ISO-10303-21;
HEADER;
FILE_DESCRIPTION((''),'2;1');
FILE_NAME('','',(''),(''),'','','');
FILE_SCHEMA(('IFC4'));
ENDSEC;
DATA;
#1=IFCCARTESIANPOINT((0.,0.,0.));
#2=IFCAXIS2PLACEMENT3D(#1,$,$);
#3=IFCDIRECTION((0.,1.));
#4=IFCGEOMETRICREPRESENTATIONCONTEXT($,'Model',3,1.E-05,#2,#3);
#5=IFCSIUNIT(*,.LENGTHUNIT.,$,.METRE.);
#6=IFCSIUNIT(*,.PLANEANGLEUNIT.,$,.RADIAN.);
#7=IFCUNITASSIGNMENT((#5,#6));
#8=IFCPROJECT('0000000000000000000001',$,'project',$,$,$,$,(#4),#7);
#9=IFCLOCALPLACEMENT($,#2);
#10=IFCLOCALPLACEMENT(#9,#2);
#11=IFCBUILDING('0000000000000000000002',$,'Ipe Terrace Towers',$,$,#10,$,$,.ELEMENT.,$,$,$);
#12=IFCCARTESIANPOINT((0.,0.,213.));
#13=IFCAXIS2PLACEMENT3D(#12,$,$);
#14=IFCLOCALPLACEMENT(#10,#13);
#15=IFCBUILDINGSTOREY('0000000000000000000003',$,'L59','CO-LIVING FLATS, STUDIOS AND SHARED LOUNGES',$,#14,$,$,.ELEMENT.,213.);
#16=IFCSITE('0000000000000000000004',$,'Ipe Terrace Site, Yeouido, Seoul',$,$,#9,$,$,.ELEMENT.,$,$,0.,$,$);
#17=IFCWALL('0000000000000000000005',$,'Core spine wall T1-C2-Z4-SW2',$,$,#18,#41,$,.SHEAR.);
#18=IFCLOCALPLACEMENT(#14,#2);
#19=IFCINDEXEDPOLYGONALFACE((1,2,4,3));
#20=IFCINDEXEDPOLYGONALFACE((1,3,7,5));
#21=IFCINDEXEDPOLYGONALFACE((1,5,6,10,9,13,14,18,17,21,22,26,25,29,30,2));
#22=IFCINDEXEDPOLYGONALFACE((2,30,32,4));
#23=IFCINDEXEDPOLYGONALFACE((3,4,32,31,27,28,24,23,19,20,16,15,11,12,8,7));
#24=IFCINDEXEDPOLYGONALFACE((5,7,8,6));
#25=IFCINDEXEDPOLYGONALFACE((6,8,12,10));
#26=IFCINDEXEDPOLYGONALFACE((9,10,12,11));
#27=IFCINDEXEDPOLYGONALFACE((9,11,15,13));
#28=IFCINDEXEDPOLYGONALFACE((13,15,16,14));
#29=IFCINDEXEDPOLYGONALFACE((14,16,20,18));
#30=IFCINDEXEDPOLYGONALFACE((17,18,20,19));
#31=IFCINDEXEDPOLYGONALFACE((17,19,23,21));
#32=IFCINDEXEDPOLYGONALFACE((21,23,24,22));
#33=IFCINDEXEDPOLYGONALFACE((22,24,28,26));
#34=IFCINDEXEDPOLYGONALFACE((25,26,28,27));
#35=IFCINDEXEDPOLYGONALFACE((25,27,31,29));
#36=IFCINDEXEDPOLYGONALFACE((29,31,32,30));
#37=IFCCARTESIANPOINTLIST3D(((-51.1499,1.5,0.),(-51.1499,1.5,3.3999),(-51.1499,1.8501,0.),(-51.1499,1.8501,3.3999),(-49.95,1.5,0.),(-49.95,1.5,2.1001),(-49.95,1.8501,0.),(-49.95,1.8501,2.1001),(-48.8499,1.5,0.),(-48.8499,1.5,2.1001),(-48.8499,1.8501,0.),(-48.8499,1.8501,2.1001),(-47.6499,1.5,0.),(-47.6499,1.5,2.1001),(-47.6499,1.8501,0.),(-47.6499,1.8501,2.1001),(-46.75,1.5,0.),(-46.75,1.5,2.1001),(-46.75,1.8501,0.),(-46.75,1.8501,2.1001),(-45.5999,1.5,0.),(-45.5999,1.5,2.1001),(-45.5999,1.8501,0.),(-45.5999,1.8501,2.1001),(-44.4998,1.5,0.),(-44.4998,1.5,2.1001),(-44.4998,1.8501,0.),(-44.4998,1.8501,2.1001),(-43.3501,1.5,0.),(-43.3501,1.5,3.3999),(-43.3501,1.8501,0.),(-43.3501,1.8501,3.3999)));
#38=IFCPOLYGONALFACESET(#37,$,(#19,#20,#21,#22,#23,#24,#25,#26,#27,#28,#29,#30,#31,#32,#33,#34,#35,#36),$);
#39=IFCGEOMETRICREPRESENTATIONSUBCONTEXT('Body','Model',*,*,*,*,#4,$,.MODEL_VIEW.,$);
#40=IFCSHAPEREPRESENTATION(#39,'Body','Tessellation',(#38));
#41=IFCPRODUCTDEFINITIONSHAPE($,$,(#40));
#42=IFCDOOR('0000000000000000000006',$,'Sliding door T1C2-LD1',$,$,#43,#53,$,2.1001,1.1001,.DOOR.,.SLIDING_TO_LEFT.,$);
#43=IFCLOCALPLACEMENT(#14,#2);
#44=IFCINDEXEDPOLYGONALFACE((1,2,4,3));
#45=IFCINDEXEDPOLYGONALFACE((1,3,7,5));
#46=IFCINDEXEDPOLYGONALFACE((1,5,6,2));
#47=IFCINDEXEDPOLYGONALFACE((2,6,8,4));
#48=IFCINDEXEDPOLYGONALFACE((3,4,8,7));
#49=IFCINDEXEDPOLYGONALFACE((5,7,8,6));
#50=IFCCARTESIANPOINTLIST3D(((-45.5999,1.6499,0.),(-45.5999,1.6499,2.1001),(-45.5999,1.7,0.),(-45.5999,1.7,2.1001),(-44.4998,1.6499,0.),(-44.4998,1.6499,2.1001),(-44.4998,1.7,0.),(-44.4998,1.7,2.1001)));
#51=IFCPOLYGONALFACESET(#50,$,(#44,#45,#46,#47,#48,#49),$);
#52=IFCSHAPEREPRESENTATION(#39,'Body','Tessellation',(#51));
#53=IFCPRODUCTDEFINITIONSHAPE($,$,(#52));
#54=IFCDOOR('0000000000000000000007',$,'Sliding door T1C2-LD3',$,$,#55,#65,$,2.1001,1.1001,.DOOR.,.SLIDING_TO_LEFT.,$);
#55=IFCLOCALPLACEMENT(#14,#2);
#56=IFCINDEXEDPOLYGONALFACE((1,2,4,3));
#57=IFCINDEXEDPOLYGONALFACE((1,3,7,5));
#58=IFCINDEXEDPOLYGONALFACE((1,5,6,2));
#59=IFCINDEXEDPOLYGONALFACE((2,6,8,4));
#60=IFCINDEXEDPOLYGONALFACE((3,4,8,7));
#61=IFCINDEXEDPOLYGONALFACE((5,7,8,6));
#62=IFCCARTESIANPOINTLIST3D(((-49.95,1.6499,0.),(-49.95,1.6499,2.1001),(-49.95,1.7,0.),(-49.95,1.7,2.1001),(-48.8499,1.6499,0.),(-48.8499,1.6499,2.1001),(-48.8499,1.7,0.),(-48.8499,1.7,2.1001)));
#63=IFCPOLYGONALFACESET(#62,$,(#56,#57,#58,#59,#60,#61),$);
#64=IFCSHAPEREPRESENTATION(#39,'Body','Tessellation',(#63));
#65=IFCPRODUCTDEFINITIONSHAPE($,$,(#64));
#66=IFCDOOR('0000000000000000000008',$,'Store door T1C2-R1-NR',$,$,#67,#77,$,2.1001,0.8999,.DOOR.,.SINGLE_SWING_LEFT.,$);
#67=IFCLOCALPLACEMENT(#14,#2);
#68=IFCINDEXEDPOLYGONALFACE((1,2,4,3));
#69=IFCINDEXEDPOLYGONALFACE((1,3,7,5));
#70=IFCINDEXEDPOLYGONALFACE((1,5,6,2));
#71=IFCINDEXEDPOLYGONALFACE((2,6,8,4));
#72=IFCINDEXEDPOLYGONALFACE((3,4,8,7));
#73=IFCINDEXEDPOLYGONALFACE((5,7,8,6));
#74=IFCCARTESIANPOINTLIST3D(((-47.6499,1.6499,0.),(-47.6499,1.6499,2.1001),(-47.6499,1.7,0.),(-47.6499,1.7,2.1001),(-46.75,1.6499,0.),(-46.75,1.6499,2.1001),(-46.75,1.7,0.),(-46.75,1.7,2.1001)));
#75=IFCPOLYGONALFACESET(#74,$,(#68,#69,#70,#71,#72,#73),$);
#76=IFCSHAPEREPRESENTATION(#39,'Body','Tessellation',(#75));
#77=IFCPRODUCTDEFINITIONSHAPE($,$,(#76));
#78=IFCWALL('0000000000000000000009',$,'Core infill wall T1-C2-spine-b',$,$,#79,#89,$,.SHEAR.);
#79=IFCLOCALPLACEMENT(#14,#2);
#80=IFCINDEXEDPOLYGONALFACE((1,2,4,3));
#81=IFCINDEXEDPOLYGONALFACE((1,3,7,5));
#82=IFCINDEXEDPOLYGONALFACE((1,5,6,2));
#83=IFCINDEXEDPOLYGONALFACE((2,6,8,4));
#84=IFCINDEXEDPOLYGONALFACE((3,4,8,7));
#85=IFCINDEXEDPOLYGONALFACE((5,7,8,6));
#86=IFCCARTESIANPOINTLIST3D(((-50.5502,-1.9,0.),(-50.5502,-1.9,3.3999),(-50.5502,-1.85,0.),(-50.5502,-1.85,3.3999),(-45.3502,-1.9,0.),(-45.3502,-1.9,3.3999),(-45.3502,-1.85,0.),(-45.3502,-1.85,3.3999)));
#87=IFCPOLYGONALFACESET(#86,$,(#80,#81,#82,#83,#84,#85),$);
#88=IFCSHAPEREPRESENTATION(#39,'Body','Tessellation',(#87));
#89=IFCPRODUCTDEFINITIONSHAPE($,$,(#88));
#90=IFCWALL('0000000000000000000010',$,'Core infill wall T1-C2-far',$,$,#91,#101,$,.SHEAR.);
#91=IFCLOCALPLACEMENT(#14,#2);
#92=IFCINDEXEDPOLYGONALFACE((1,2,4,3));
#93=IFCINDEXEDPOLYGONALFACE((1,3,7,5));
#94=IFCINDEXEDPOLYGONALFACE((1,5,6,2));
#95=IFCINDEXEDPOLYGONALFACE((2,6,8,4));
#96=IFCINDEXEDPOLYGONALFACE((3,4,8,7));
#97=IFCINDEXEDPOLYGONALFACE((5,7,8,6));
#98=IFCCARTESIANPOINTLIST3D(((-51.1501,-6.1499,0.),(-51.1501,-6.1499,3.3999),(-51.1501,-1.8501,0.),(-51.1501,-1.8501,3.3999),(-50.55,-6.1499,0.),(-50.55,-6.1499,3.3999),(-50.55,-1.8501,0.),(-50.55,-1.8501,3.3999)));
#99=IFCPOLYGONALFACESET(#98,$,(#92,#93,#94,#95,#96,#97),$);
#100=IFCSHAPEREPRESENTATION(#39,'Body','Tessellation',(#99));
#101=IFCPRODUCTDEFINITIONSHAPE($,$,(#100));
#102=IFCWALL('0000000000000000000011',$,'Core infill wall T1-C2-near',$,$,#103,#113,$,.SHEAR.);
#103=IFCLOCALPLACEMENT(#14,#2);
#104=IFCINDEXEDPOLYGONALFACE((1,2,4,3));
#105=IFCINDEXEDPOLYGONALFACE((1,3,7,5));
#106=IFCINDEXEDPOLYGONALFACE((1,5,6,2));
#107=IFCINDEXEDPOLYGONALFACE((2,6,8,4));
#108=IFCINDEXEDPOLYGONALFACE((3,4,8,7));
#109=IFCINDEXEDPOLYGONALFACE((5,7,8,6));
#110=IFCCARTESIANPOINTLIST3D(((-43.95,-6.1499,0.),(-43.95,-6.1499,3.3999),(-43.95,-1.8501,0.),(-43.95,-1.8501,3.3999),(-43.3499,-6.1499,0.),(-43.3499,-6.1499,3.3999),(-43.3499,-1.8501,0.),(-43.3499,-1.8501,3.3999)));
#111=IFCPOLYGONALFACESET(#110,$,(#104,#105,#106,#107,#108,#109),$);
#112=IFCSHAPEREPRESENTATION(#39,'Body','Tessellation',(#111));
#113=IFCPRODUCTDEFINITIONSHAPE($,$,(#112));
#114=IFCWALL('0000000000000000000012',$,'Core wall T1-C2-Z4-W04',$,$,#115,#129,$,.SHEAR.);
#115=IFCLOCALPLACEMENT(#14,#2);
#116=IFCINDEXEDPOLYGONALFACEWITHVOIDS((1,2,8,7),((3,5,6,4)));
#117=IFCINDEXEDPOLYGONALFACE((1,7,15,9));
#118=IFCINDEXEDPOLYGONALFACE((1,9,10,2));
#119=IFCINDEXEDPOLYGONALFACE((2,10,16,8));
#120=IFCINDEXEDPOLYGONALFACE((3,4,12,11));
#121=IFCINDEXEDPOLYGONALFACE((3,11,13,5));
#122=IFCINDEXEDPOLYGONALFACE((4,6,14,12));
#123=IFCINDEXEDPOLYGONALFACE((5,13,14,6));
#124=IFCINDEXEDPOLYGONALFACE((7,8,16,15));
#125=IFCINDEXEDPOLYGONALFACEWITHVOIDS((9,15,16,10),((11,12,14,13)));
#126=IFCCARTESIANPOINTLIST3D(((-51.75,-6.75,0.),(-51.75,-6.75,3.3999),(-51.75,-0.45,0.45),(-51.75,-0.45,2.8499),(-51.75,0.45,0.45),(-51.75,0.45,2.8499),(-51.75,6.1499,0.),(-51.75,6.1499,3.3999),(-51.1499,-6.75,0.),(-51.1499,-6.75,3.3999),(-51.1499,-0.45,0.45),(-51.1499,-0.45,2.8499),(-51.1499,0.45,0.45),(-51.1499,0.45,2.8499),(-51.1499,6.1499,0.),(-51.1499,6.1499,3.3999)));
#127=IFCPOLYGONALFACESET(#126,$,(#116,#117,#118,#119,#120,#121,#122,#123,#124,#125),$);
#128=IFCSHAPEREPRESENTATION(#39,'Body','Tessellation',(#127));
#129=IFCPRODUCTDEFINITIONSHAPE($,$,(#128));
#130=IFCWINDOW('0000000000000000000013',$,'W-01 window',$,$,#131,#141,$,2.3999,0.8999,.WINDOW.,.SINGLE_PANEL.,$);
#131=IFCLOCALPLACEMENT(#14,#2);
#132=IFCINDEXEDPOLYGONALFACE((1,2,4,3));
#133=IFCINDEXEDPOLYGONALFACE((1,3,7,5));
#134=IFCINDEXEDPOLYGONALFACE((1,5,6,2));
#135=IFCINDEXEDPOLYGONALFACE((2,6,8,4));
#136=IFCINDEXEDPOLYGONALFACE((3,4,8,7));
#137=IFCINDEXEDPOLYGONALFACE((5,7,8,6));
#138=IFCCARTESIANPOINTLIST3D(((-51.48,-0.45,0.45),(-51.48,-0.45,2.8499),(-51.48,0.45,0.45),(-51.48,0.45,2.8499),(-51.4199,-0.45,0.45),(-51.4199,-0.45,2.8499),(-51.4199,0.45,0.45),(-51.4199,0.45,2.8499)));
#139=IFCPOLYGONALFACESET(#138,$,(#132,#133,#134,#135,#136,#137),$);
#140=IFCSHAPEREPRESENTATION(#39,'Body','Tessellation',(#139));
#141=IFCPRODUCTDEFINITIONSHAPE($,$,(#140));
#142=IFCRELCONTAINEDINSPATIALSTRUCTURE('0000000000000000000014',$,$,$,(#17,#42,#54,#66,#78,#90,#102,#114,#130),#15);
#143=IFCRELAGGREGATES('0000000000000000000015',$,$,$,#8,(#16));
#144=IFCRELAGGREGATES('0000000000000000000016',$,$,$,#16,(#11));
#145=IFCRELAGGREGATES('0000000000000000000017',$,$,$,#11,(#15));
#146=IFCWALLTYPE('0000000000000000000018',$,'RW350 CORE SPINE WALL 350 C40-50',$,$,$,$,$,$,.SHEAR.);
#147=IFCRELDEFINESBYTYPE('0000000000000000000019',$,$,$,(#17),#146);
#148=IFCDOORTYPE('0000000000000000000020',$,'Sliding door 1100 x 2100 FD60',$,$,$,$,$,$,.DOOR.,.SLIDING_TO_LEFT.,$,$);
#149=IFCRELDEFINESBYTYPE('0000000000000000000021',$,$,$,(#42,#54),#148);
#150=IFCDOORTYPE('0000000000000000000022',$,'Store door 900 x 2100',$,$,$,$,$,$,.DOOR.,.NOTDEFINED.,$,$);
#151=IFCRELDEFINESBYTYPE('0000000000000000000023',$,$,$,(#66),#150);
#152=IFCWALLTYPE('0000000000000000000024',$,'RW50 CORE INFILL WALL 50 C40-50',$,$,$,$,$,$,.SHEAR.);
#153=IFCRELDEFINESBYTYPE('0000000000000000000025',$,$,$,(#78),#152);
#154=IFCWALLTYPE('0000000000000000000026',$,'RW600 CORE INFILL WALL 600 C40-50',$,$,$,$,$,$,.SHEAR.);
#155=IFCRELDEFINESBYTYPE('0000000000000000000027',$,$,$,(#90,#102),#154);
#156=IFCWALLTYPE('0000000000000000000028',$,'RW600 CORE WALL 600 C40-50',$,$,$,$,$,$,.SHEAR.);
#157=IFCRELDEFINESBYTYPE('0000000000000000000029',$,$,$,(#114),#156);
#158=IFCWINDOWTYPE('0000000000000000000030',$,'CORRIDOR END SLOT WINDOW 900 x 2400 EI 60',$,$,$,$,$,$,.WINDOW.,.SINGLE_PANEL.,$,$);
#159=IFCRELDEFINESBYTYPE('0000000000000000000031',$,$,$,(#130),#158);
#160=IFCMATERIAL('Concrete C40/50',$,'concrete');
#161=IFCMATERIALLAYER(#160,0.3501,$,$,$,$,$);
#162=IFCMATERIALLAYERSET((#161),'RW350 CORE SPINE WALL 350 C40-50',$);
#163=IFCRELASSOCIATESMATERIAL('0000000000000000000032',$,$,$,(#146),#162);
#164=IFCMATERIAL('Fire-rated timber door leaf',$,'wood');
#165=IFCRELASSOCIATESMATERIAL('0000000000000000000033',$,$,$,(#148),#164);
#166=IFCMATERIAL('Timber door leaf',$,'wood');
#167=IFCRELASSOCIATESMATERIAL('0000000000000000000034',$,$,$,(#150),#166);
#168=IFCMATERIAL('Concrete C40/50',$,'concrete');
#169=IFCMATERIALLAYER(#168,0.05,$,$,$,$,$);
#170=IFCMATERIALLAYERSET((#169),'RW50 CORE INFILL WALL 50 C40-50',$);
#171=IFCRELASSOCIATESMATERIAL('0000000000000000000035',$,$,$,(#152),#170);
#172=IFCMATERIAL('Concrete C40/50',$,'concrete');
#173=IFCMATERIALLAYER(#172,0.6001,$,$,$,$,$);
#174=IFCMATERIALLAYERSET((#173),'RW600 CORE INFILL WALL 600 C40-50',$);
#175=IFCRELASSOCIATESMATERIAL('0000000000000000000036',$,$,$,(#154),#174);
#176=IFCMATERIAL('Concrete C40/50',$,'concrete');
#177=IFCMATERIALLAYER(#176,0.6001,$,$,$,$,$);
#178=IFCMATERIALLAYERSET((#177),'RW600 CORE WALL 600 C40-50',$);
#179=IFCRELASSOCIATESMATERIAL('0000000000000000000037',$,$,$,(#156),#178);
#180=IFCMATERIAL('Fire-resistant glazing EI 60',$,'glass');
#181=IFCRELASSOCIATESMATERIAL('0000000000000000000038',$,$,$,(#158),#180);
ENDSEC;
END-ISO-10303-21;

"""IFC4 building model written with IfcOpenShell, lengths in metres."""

from ifc_helpers import new_model, si_unit, direction, frame, frame_2d, origin, place, context, subcontext, project, spatial, rectangle, extrude, material, layer, layer_set, type_object, element, fill, save


model = new_model("IFC4")

# Units and contexts
model_context = context("Model", 3, precision=1e-05, world=origin(), true_north=direction((0.0, 1.0)))
body_context = subcontext(model_context, "Body", "Model", "MODEL_VIEW")
ifc_project = project(units=[si_unit("LENGTHUNIT", "METRE"), si_unit("PLANEANGLEUNIT", "RADIAN")], contexts=[model_context])

# Site, building, storey
site_placement = place(None, origin())
site = spatial("IfcSite", under=ifc_project, at=site_placement, Name="Ipe Terrace Site, Yeouido, Seoul", CompositionType="ELEMENT", RefElevation=0.0)
building_placement = place(site_placement, origin())
building = spatial("IfcBuilding", under=site, at=building_placement, Name="Ipe Terrace Towers", CompositionType="ELEMENT")
storey_placement = place(building_placement, frame((0.0, 0.0, 213.0)))
storey = spatial("IfcBuildingStorey", under=building, at=storey_placement, Name="L59", Description="CO-LIVING FLATS, STUDIOS AND SHARED LOUNGES", CompositionType="ELEMENT", Elevation=213.0)

# Shared definitions
ifc_material_1 = material(Name="Concrete C40/50", Category="concrete")
ifc_layer_1 = layer(ifc_material_1, 0.3501)
ifc_layer_set_1 = layer_set([ifc_layer_1], Name="RW350 CORE SPINE WALL 350 C40-50")
wall_type_1 = type_object("IfcWallType", Name="RW350 CORE SPINE WALL 350 C40-50", PredefinedType="SHEAR", material=ifc_layer_set_1)

# Wall, openings, doors
wall_1_placement = place(storey_placement, frame((-51.1499, 1.675, 0.0), z_axis=(0.0, 0.0, 1.0), x_axis=(1.0, 0.0, 0.0)))
wall_1 = element("IfcWall", 1, at=wall_1_placement, inside=storey, type_object=wall_type_1, Name="Core spine wall T1-C2-Z4-SW2", PredefinedType="SHEAR", context=body_context, shape_type="SweptSolid", body=[
    extrude(rectangle(XDim=7.7998, YDim=0.3501, at=frame_2d((3.8999, 0.0))), origin(), (0.0, 0.0, 1.0), 3.3999),
])
opening_1_placement = place(wall_1_placement, frame((5.55, 0.0, 0.0)))
opening_1 = element("IfcOpeningElement", 2, at=opening_1_placement, cuts=wall_1, PredefinedType="OPENING", context=body_context, shape_type="SweptSolid", body=[
    extrude(rectangle(XDim=1.1001, YDim=2.1001, at=frame_2d((0.55, 1.05))), frame((0.0, 0.1851, 0.0), z_axis=(0.0, -1.0, 0.0), x_axis=(1.0, 0.0, 0.0)), (0.0, 0.0, 1.0), 0.3701),
])
opening_2_placement = place(wall_1_placement, frame((1.2, 0.0, 0.0)))
opening_2 = element("IfcOpeningElement", 3, at=opening_2_placement, cuts=wall_1, PredefinedType="OPENING", context=body_context, shape_type="SweptSolid", body=[
    extrude(rectangle(XDim=1.1001, YDim=2.1001, at=frame_2d((0.55, 1.05))), frame((0.0, 0.1851, 0.0), z_axis=(0.0, -1.0, 0.0), x_axis=(1.0, 0.0, 0.0)), (0.0, 0.0, 1.0), 0.3701),
])
opening_3_placement = place(wall_1_placement, frame((3.5, 0.0, 0.0)))
opening_3 = element("IfcOpeningElement", 4, at=opening_3_placement, cuts=wall_1, PredefinedType="OPENING", context=body_context, shape_type="SweptSolid", body=[
    extrude(rectangle(XDim=0.8999, YDim=2.1001, at=frame_2d((0.45, 1.05))), frame((0.0, 0.1851, 0.0), z_axis=(0.0, -1.0, 0.0), x_axis=(1.0, 0.0, 0.0)), (0.0, 0.0, 1.0), 0.3701),
])
ifc_material_2 = material(Name="Fire-rated timber door leaf", Category="wood")
door_type_1 = type_object("IfcDoorType", Name="Sliding door 1100 x 2100 FD60", OperationType="SLIDING_TO_LEFT", PredefinedType="DOOR", material=ifc_material_2)
door_1_placement = place(opening_1_placement, origin())
door_1 = element("IfcDoor", 5, at=door_1_placement, inside=storey, type_object=door_type_1, Name="Sliding door T1C2-LD1", OperationType="SLIDING_TO_LEFT", OverallHeight=2.1001, OverallWidth=1.1001, PredefinedType="DOOR", context=body_context, shape_type="SweptSolid", body=[
    extrude(rectangle(XDim=1.1001, YDim=2.1001, at=frame_2d((0.55, 1.05))), frame((0.0, 0.0249, 0.0), z_axis=(0.0, -1.0, 0.0), x_axis=(1.0, 0.0, 0.0)), (0.0, 0.0, 1.0), 0.05),
])
fill(opening_1, door_1)
door_2_placement = place(opening_2_placement, origin())
door_2 = element("IfcDoor", 6, at=door_2_placement, inside=storey, type_object=door_type_1, Name="Sliding door T1C2-LD3", OperationType="SLIDING_TO_LEFT", OverallHeight=2.1001, OverallWidth=1.1001, PredefinedType="DOOR", context=body_context, shape_type="SweptSolid", body=[
    extrude(rectangle(XDim=1.1001, YDim=2.1001, at=frame_2d((0.55, 1.05))), frame((0.0, 0.0249, 0.0), z_axis=(0.0, -1.0, 0.0), x_axis=(1.0, 0.0, 0.0)), (0.0, 0.0, 1.0), 0.05),
])
fill(opening_2, door_2)
ifc_material_3 = material(Name="Timber door leaf", Category="wood")
door_type_2 = type_object("IfcDoorType", Name="Store door 900 x 2100", OperationType="NOTDEFINED", PredefinedType="DOOR", material=ifc_material_3)
door_3_placement = place(opening_3_placement, origin())
door_3 = element("IfcDoor", 7, at=door_3_placement, inside=storey, type_object=door_type_2, Name="Store door T1C2-R1-NR", OperationType="SINGLE_SWING_LEFT", OverallHeight=2.1001, OverallWidth=0.8999, PredefinedType="DOOR", context=body_context, shape_type="SweptSolid", body=[
    extrude(rectangle(XDim=0.8999, YDim=2.1001, at=frame_2d((0.45, 1.05))), frame((0.0, 0.0249, 0.0), z_axis=(0.0, -1.0, 0.0), x_axis=(1.0, 0.0, 0.0)), (0.0, 0.0, 1.0), 0.05),
])
fill(opening_3, door_3)

# Walls
ifc_material_4 = material(Name="Concrete C40/50", Category="concrete")
ifc_layer_2 = layer(ifc_material_4, 0.05)
ifc_layer_set_2 = layer_set([ifc_layer_2], Name="RW50 CORE INFILL WALL 50 C40-50")
wall_type_2 = type_object("IfcWallType", Name="RW50 CORE INFILL WALL 50 C40-50", PredefinedType="SHEAR", material=ifc_layer_set_2)
wall_2_placement = place(storey_placement, frame((-45.3501, -1.875, 0.0), z_axis=(0.0, 0.0, 1.0), x_axis=(-1.0, 0.0, 0.0)))
element("IfcWall", 8, at=wall_2_placement, inside=storey, type_object=wall_type_2, Name="Core infill wall T1-C2-spine-b", PredefinedType="SHEAR", context=body_context, shape_type="SweptSolid", body=[
    extrude(rectangle(XDim=5.2, YDim=0.05, at=frame_2d((2.6001, 0.0))), origin(), (0.0, 0.0, 1.0), 3.3999),
])
ifc_material_5 = material(Name="Concrete C40/50", Category="concrete")
ifc_layer_3 = layer(ifc_material_5, 0.6001)
ifc_layer_set_3 = layer_set([ifc_layer_3], Name="RW600 CORE INFILL WALL 600 C40-50")
wall_type_3 = type_object("IfcWallType", Name="RW600 CORE INFILL WALL 600 C40-50", PredefinedType="SHEAR", material=ifc_layer_set_3)
for number, where, z_axis, x_axis, name in (
    (9, (-50.8501, -1.8501, 0.0), (0.0, 0.0, 1.0), (0.0, -1.0, 0.0), "Core infill wall T1-C2-far"),
    (10, (-43.6499, -1.8501, 0.0), (0.0, 0.0, 1.0), (0.0, -1.0, 0.0), "Core infill wall T1-C2-near"),
):
    element("IfcWall", number, at=place(storey_placement, frame(where, z_axis=z_axis, x_axis=x_axis)), inside=storey, type_object=wall_type_3, Name=name, PredefinedType="SHEAR", context=body_context, shape_type="SweptSolid", body=[
        extrude(rectangle(XDim=4.2998, YDim=0.6001, at=frame_2d((2.1499, 0.0))), origin(), (0.0, 0.0, 1.0), 3.3999),
    ])

# Wall, opening, window
ifc_material_6 = material(Name="Concrete C40/50", Category="concrete")
ifc_layer_4 = layer(ifc_material_6, 0.6001)
ifc_layer_set_4 = layer_set([ifc_layer_4], Name="RW600 CORE WALL 600 C40-50")
wall_type_4 = type_object("IfcWallType", Name="RW600 CORE WALL 600 C40-50", PredefinedType="SHEAR", material=ifc_layer_set_4)
wall_3_placement = place(storey_placement, frame((-51.45, 6.1499, 0.0), z_axis=(0.0, 0.0, 1.0), x_axis=(0.0, -1.0, 0.0)))
wall_3 = element("IfcWall", 11, at=wall_3_placement, inside=storey, type_object=wall_type_4, Name="Core wall T1-C2-Z4-W04", PredefinedType="SHEAR", context=body_context, shape_type="SweptSolid", body=[
    extrude(rectangle(XDim=12.8999, YDim=0.6001, at=frame_2d((6.45, 0.0))), origin(), (0.0, 0.0, 1.0), 3.3999),
])
opening_4_placement = place(wall_3_placement, frame((5.7, 0.0, 0.45)))
opening_4 = element("IfcOpeningElement", 12, at=opening_4_placement, cuts=wall_3, PredefinedType="OPENING", context=body_context, shape_type="SweptSolid", body=[
    extrude(rectangle(XDim=0.8999, YDim=2.3999, at=frame_2d((0.45, 1.2))), frame((0.0, 0.3101, 0.0), z_axis=(0.0, -1.0, 0.0), x_axis=(1.0, 0.0, 0.0)), (0.0, 0.0, 1.0), 0.6201),
])
ifc_material_7 = material(Name="Fire-resistant glazing EI 60", Category="glass")
window_type = type_object("IfcWindowType", Name="CORRIDOR END SLOT WINDOW 900 x 2400 EI 60", PartitioningType="SINGLE_PANEL", PredefinedType="WINDOW", material=ifc_material_7)
window_placement = place(opening_4_placement, origin())
window = element("IfcWindow", 13, at=window_placement, inside=storey, type_object=window_type, Name="W-01 window", OverallHeight=2.3999, OverallWidth=0.8999, PartitioningType="SINGLE_PANEL", PredefinedType="WINDOW", context=body_context, shape_type="SweptSolid", body=[
    extrude(rectangle(XDim=0.8999, YDim=2.3999, at=frame_2d((0.45, 1.2))), frame((0.0, 0.03, 0.0), z_axis=(0.0, -1.0, 0.0), x_axis=(1.0, 0.0, 0.0)), (0.0, 0.0, 1.0), 0.0601),
])
fill(opening_4, window)

save(model, "model.ifc")
